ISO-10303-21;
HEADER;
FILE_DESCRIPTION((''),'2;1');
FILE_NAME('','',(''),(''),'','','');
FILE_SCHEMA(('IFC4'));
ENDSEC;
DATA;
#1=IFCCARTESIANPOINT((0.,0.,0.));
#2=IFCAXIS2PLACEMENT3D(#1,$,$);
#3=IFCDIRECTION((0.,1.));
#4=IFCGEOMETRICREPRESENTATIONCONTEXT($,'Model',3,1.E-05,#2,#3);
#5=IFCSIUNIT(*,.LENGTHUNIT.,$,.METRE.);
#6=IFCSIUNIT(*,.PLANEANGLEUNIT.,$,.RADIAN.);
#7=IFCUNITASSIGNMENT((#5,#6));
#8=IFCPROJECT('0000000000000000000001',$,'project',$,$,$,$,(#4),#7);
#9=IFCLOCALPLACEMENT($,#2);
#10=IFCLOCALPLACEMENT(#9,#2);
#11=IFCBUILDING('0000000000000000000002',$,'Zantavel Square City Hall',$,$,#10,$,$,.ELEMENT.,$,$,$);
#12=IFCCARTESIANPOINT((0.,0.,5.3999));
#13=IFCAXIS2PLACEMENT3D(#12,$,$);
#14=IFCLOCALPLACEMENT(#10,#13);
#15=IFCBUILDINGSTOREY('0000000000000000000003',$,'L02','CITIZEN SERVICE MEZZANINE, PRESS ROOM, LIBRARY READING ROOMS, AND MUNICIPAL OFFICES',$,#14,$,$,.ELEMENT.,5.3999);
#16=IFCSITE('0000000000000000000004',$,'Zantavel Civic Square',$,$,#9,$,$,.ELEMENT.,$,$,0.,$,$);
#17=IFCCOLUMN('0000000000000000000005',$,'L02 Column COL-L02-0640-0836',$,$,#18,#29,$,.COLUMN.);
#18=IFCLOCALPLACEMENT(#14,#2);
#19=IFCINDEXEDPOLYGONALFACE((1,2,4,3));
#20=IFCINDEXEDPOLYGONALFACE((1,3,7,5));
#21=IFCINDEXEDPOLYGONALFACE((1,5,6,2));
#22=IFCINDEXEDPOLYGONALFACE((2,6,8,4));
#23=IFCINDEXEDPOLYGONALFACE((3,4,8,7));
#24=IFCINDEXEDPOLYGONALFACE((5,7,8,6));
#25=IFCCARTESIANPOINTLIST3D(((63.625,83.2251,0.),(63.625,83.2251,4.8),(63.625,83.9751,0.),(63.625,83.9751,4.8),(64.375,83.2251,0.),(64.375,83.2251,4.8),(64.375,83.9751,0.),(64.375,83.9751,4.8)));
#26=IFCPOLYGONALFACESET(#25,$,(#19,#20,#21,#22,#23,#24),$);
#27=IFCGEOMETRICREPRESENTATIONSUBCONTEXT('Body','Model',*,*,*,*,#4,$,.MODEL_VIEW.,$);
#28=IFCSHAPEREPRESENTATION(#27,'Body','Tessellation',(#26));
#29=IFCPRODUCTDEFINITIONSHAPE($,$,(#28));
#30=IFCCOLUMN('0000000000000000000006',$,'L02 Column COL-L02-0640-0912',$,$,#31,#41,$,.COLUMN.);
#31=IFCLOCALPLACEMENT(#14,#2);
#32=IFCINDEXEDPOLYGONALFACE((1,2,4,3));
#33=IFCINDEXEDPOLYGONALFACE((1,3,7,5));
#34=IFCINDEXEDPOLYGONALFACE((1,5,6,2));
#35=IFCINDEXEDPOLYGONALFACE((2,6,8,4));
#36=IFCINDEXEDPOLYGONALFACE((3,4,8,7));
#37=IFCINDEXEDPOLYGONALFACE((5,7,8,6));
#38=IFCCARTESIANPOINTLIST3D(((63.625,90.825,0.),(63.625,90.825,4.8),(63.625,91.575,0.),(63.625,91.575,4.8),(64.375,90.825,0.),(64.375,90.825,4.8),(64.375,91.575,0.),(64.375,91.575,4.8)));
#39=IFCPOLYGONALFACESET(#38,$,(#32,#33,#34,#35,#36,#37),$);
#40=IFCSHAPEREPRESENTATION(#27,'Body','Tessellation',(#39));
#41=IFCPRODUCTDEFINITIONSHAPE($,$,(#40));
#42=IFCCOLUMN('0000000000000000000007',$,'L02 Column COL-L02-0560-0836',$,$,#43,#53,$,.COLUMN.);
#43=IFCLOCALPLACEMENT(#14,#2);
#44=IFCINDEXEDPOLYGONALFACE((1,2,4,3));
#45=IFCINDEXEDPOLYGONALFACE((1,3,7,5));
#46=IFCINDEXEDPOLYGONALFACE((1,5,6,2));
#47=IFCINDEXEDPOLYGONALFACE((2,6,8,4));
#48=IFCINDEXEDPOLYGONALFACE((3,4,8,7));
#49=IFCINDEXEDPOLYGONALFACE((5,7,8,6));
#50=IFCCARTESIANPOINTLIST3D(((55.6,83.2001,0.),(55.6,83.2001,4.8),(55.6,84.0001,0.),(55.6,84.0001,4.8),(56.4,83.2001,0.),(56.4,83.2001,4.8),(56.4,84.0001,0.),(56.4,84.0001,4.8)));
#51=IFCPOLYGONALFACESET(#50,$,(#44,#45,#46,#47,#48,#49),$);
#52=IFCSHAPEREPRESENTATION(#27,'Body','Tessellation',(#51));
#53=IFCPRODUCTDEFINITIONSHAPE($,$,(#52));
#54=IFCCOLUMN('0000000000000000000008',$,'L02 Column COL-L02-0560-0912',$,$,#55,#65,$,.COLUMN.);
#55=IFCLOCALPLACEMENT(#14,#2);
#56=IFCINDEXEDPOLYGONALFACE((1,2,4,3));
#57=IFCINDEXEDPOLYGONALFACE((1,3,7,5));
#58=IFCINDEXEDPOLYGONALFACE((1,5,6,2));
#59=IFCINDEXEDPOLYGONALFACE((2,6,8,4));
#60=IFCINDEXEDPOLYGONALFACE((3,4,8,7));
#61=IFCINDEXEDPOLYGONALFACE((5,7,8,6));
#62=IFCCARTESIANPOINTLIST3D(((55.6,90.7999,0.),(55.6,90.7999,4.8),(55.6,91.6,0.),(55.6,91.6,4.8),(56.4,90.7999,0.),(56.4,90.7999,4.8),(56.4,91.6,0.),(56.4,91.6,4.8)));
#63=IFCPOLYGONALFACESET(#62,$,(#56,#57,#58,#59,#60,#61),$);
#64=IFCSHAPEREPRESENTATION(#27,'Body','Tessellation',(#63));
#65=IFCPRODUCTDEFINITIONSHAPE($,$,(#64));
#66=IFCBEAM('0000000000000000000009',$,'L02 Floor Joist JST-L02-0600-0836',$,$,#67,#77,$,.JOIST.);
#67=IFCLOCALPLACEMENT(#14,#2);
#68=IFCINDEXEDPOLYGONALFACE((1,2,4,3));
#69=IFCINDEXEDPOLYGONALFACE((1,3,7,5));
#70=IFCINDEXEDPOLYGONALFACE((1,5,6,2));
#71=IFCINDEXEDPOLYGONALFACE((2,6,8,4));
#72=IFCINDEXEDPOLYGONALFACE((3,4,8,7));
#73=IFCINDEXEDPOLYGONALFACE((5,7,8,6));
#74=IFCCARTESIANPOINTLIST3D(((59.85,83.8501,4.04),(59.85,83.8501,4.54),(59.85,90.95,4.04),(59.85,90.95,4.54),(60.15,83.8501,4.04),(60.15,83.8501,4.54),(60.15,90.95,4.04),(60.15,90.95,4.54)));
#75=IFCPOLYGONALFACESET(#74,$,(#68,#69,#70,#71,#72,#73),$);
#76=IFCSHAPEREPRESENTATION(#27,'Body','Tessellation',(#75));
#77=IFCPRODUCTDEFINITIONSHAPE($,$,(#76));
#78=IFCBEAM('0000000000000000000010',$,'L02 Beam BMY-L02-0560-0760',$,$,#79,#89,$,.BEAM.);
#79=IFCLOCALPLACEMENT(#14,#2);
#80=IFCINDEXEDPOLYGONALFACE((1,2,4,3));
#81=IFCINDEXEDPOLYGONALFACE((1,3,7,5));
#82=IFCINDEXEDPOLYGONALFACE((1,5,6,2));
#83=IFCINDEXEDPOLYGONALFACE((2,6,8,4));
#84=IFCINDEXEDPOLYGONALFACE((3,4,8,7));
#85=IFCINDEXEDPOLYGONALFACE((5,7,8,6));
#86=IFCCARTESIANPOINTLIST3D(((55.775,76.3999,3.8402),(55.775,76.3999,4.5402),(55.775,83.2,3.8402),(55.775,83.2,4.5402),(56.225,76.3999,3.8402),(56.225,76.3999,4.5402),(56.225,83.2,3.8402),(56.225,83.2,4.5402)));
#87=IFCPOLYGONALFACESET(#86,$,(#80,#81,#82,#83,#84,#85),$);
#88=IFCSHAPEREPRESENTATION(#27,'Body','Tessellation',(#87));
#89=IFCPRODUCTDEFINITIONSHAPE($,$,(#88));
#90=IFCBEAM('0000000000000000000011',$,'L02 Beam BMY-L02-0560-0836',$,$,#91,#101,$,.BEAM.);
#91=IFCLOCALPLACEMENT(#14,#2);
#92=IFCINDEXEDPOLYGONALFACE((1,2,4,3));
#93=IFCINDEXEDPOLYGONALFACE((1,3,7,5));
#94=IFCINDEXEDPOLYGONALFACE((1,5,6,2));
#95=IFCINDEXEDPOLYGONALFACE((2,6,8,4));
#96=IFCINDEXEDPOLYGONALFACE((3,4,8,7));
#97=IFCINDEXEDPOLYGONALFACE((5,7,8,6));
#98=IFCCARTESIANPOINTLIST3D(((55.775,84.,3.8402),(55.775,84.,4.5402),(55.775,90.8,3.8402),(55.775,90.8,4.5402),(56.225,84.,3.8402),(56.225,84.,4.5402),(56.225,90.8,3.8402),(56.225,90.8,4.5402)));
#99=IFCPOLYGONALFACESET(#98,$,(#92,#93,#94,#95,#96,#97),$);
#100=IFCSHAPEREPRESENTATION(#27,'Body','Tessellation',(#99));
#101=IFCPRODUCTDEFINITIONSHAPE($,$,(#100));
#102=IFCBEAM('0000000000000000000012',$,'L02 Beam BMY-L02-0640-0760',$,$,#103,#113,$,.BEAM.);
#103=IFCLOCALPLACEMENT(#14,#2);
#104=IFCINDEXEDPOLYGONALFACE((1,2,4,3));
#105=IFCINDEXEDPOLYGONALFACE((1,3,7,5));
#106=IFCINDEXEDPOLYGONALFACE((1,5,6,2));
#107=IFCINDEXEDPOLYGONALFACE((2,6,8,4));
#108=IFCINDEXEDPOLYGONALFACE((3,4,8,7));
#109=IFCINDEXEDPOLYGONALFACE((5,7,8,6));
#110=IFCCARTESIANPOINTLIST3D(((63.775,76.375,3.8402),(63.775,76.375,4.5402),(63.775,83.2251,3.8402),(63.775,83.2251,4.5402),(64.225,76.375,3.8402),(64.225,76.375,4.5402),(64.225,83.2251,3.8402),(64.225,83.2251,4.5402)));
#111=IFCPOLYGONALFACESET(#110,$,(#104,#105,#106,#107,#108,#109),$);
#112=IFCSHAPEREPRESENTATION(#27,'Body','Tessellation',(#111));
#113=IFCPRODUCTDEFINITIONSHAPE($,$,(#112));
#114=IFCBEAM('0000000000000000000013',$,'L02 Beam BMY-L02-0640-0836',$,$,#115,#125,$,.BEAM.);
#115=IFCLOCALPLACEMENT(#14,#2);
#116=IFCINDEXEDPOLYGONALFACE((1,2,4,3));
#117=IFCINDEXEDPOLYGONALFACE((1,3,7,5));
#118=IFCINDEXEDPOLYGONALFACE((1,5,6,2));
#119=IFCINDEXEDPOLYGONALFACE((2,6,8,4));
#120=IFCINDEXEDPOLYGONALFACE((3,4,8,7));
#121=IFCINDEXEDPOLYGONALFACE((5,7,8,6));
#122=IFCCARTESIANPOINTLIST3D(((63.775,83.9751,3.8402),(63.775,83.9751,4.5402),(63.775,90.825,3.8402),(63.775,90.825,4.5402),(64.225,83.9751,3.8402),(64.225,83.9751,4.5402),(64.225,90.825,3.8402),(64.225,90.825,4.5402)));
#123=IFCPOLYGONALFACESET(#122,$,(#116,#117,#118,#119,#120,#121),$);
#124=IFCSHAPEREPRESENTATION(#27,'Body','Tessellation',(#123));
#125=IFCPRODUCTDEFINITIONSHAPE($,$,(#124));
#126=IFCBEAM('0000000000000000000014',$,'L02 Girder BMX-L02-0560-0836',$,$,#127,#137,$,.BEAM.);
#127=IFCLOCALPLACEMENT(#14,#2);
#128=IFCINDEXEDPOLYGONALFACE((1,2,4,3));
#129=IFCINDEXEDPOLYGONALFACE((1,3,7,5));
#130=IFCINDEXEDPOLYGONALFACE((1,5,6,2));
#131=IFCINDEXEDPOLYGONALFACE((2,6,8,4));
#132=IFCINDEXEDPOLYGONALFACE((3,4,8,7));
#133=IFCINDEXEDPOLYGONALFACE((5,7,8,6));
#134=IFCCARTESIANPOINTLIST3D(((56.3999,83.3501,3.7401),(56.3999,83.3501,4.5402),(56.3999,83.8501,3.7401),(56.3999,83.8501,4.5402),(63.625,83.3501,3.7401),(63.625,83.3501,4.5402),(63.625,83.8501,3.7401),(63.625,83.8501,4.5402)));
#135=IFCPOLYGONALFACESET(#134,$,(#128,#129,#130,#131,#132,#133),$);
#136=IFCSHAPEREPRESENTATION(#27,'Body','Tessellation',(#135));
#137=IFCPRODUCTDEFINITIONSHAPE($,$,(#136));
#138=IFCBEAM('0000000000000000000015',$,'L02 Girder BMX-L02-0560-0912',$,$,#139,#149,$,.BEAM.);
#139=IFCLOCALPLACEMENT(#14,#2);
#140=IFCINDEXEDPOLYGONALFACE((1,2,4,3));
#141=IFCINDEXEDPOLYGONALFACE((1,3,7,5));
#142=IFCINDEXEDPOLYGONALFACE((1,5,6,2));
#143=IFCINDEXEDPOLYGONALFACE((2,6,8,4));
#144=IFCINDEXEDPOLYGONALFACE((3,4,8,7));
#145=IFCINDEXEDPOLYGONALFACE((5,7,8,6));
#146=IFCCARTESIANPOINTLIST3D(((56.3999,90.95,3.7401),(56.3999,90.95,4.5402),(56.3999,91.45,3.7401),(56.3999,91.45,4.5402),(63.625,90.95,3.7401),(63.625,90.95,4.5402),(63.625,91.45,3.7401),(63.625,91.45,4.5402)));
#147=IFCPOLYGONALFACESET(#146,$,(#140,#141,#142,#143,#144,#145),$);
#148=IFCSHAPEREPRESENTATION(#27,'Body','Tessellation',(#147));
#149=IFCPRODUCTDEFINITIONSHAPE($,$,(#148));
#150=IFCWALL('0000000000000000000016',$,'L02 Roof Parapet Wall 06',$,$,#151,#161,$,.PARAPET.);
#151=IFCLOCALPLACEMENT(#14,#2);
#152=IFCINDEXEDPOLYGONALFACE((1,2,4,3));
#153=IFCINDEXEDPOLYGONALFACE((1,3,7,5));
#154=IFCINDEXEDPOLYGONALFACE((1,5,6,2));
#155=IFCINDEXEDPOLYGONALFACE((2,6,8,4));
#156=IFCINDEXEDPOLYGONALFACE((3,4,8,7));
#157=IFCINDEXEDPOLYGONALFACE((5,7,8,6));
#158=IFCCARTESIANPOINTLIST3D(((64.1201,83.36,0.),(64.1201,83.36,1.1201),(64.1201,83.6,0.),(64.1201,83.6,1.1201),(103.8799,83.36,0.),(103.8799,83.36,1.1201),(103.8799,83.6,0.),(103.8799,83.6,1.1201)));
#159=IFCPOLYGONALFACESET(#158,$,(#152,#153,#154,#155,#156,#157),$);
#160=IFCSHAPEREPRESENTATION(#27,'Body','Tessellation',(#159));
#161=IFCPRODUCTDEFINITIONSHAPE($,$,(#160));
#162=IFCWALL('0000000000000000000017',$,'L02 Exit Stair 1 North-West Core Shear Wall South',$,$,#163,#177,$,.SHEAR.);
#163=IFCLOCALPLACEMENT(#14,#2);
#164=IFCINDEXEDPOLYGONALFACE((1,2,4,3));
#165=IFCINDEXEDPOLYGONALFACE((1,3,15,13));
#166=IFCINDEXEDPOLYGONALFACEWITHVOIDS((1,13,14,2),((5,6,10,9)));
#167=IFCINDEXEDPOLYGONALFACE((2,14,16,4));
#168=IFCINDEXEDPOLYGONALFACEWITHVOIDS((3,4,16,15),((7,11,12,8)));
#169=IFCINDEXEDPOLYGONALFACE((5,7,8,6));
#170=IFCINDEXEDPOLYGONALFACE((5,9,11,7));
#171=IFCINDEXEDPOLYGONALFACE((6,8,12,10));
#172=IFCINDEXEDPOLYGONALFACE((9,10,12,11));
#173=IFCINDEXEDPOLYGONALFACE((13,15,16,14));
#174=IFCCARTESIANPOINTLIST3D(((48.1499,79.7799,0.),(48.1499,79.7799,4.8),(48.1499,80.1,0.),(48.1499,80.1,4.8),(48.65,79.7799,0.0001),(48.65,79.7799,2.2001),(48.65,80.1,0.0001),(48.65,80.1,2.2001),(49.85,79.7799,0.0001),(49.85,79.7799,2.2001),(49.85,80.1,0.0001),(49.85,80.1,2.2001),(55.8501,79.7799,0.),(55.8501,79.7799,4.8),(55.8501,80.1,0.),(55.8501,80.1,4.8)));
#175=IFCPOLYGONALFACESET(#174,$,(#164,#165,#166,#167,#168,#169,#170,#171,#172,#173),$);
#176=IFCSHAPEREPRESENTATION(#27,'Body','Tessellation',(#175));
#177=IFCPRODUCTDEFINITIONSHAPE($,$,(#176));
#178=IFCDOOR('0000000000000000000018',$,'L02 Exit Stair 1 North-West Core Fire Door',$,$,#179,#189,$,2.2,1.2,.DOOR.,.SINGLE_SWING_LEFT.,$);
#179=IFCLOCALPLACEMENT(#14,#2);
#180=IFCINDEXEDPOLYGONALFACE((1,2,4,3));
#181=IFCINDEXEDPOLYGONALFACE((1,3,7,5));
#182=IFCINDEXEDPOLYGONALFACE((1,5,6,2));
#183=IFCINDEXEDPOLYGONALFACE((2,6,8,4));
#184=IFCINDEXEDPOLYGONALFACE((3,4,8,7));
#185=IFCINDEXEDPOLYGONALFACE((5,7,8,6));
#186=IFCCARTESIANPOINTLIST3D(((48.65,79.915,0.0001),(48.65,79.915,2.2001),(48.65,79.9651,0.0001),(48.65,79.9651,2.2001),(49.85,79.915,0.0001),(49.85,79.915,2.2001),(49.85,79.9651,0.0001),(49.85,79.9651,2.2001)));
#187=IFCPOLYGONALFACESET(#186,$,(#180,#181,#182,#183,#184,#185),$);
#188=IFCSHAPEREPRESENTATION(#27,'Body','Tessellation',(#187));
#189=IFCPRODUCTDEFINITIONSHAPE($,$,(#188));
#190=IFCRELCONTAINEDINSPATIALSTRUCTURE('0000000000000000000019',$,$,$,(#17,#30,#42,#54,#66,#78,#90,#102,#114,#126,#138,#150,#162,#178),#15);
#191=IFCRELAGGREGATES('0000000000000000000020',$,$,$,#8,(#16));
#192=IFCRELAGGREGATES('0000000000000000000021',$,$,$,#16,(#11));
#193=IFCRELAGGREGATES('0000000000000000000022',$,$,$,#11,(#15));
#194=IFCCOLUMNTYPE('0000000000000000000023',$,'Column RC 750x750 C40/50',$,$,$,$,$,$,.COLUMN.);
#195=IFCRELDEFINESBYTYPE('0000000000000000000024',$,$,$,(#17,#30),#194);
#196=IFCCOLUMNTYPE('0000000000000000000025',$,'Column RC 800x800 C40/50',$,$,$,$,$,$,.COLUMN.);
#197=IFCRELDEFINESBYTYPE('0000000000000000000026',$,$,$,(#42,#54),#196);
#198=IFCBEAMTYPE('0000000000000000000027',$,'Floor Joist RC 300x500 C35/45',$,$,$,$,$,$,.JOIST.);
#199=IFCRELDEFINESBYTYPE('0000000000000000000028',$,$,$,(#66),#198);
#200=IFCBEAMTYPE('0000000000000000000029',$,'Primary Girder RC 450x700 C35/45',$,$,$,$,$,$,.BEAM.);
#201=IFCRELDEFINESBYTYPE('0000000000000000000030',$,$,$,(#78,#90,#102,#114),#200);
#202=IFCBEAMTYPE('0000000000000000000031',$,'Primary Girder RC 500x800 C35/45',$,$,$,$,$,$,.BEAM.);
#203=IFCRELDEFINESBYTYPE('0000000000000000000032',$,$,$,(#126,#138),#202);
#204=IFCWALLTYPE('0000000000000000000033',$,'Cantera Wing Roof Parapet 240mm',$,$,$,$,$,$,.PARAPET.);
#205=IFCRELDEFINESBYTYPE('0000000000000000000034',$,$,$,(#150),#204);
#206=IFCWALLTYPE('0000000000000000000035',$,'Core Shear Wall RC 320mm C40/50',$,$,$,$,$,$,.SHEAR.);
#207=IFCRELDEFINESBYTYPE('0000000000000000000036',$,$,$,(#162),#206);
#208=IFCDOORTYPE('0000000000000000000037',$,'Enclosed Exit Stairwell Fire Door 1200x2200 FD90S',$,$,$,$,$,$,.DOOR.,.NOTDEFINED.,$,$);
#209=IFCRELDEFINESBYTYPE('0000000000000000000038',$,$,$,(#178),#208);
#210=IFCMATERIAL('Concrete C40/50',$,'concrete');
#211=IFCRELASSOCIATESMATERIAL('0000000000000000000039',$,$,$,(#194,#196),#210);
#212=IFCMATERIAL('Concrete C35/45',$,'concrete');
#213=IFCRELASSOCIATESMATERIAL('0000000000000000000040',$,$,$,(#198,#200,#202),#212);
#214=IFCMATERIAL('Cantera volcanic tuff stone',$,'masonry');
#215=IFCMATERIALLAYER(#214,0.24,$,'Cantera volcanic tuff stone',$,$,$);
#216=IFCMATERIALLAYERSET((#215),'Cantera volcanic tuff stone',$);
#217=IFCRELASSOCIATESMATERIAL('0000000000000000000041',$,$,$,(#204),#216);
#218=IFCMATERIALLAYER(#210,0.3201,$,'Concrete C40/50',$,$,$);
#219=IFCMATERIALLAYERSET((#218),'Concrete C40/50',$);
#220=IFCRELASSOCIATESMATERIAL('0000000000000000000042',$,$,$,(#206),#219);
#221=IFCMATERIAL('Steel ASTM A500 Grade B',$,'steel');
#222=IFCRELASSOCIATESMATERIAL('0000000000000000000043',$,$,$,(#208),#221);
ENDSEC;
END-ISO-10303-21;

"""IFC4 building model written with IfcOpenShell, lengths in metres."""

from ifc_helpers import new_model, si_unit, direction, frame, frame_2d, origin, origin_2d, place, context, subcontext, project, spatial, rectangle, extrude, material, layer, layer_set, material_profile, profile_set, type_object, element, fill, save


model = new_model("IFC4")

# Units and contexts
model_context = context("Model", 3, precision=1e-05, world=origin(), true_north=direction((0.0, 1.0)))
body_context = subcontext(model_context, "Body", "Model", "MODEL_VIEW")
ifc_project = project(units=[si_unit("LENGTHUNIT", "METRE"), si_unit("PLANEANGLEUNIT", "RADIAN")], contexts=[model_context])

# Site, building, storey
site_placement = place(None, origin())
site = spatial("IfcSite", under=ifc_project, at=site_placement, Name="Zantavel Civic Square", CompositionType="ELEMENT", RefElevation=0.0)
building_placement = place(site_placement, origin())
building = spatial("IfcBuilding", under=site, at=building_placement, Name="Zantavel Square City Hall", CompositionType="ELEMENT")
storey_placement = place(building_placement, frame((0.0, 0.0, 5.3999)))
storey = spatial("IfcBuildingStorey", under=building, at=storey_placement, Name="L02", Description="CITIZEN SERVICE MEZZANINE, PRESS ROOM, LIBRARY READING ROOMS, AND MUNICIPAL OFFICES", CompositionType="ELEMENT", Elevation=5.3999)

# Columns
ifc_material_1 = material(Name="Concrete C40/50", Category="concrete")
ifc_material_profile_1 = material_profile(ifc_material_1, rectangle(XDim=0.75, YDim=0.75, at=origin_2d()), Name="RC 750x750")
ifc_profile_set_1 = profile_set([ifc_material_profile_1], Name="Concrete C40/50")
column_type_1 = type_object("IfcColumnType", Name="Column RC 750x750 C40/50", PredefinedType="COLUMN", material=ifc_profile_set_1)
for number, where, z_axis, x_axis, name in (
    (1, (64.0, 83.6001, 0.0), (0.0, 0.0, 1.0), (1.0, 0.0, 0.0), "L02 Column COL-L02-0640-0836"),
    (2, (64.0, 91.2, 0.0), (0.0, 0.0, 1.0), (1.0, 0.0, 0.0), "L02 Column COL-L02-0640-0912"),
):
    element("IfcColumn", number, at=place(storey_placement, frame(where, z_axis=z_axis, x_axis=x_axis)), inside=storey, type_object=column_type_1, Name=name, PredefinedType="COLUMN", context=body_context, shape_type="SweptSolid", body=[
        extrude(rectangle(XDim=0.75, YDim=0.75, at=origin_2d()), origin(), (0.0, 0.0, 1.0), 4.8),
    ])
ifc_material_profile_2 = material_profile(ifc_material_1, rectangle(XDim=0.8, YDim=0.8, at=origin_2d()), Name="RC 800x800")
ifc_profile_set_2 = profile_set([ifc_material_profile_2], Name="Concrete C40/50")
column_type_2 = type_object("IfcColumnType", Name="Column RC 800x800 C40/50", PredefinedType="COLUMN", material=ifc_profile_set_2)
for number, where, z_axis, x_axis, name in (
    (3, (56.0, 83.6001, 0.0), (0.0, 0.0, 1.0), (1.0, 0.0, 0.0), "L02 Column COL-L02-0560-0836"),
    (4, (56.0, 91.2, 0.0), (0.0, 0.0, 1.0), (1.0, 0.0, 0.0), "L02 Column COL-L02-0560-0912"),
):
    element("IfcColumn", number, at=place(storey_placement, frame(where, z_axis=z_axis, x_axis=x_axis)), inside=storey, type_object=column_type_2, Name=name, PredefinedType="COLUMN", context=body_context, shape_type="SweptSolid", body=[
        extrude(rectangle(XDim=0.8, YDim=0.8, at=origin_2d()), origin(), (0.0, 0.0, 1.0), 4.8),
    ])

# Beams
ifc_material_2 = material(Name="Concrete C35/45", Category="concrete")
ifc_material_profile_3 = material_profile(ifc_material_2, rectangle(XDim=0.3, YDim=0.5, at=origin_2d()), Name="RC 300x500")
ifc_profile_set_3 = profile_set([ifc_material_profile_3], Name="Concrete C35/45")
beam_type_1 = type_object("IfcBeamType", Name="Floor Joist RC 300x500 C35/45", PredefinedType="JOIST", material=ifc_profile_set_3)
beam_1_placement = place(storey_placement, frame((60.0, 83.8501, 4.29), z_axis=(0.0, 1.0, 0.0), x_axis=(-1.0, 0.0, 0.0)))
element("IfcBeam", 5, at=beam_1_placement, inside=storey, type_object=beam_type_1, Name="L02 Floor Joist JST-L02-0600-0836", PredefinedType="JOIST", context=body_context, shape_type="SweptSolid", body=[
    extrude(rectangle(XDim=0.3, YDim=0.5, at=origin_2d()), origin(), (0.0, 0.0, 1.0), 7.0999),
])
ifc_material_profile_4 = material_profile(ifc_material_2, rectangle(XDim=0.45, YDim=0.7, at=origin_2d()), Name="RC 450x700")
ifc_profile_set_4 = profile_set([ifc_material_profile_4], Name="Concrete C35/45")
beam_type_2 = type_object("IfcBeamType", Name="Primary Girder RC 450x700 C35/45", PredefinedType="BEAM", material=ifc_profile_set_4)
for number, where, z_axis, x_axis, name in (
    (6, (56.0, 76.3999, 4.1902), (0.0, 1.0, 0.0), (-1.0, 0.0, 0.0), "L02 Beam BMY-L02-0560-0760"),
    (7, (56.0, 84.0, 4.1902), (0.0, 1.0, 0.0), (-1.0, 0.0, 0.0), "L02 Beam BMY-L02-0560-0836"),
):
    element("IfcBeam", number, at=place(storey_placement, frame(where, z_axis=z_axis, x_axis=x_axis)), inside=storey, type_object=beam_type_2, Name=name, PredefinedType="BEAM", context=body_context, shape_type="SweptSolid", body=[
        extrude(rectangle(XDim=0.45, YDim=0.7, at=origin_2d()), origin(), (0.0, 0.0, 1.0), 6.8),
    ])
beam_2_placement = place(storey_placement, frame((64.0, 76.375, 4.1902), z_axis=(0.0, 1.0, 0.0), x_axis=(-1.0, 0.0, 0.0)))
element("IfcBeam", 8, at=beam_2_placement, inside=storey, type_object=beam_type_2, Name="L02 Beam BMY-L02-0640-0760", PredefinedType="BEAM", context=body_context, shape_type="SweptSolid", body=[
    extrude(rectangle(XDim=0.45, YDim=0.7, at=origin_2d()), origin(), (0.0, 0.0, 1.0), 6.8501),
])
beam_3_placement = place(storey_placement, frame((64.0, 83.9751, 4.1902), z_axis=(0.0, 1.0, 0.0), x_axis=(-1.0, 0.0, 0.0)))
element("IfcBeam", 9, at=beam_3_placement, inside=storey, type_object=beam_type_2, Name="L02 Beam BMY-L02-0640-0836", PredefinedType="BEAM", context=body_context, shape_type="SweptSolid", body=[
    extrude(rectangle(XDim=0.45, YDim=0.7, at=origin_2d()), origin(), (0.0, 0.0, 1.0), 6.8499),
])
ifc_material_profile_5 = material_profile(ifc_material_2, rectangle(XDim=0.5, YDim=0.8, at=origin_2d()), Name="RC 500x800")
ifc_profile_set_5 = profile_set([ifc_material_profile_5], Name="Concrete C35/45")
beam_type_3 = type_object("IfcBeamType", Name="Primary Girder RC 500x800 C35/45", PredefinedType="BEAM", material=ifc_profile_set_5)
for number, where, z_axis, x_axis, name in (
    (10, (56.3999, 83.6001, 4.1401), (1.0, 0.0, 0.0), (0.0, 1.0, 0.0), "L02 Girder BMX-L02-0560-0836"),
    (11, (56.3999, 91.2, 4.1401), (1.0, 0.0, 0.0), (0.0, 1.0, 0.0), "L02 Girder BMX-L02-0560-0912"),
):
    element("IfcBeam", number, at=place(storey_placement, frame(where, z_axis=z_axis, x_axis=x_axis)), inside=storey, type_object=beam_type_3, Name=name, PredefinedType="BEAM", context=body_context, shape_type="SweptSolid", body=[
        extrude(rectangle(XDim=0.5, YDim=0.8, at=origin_2d()), origin(), (0.0, 0.0, 1.0), 7.2251),
    ])

# Wall
ifc_material_3 = material(Name="Cantera volcanic tuff stone", Category="masonry")
ifc_layer_1 = layer(ifc_material_3, 0.24, Name="Cantera volcanic tuff stone")
ifc_layer_set_1 = layer_set([ifc_layer_1], Name="Cantera volcanic tuff stone")
wall_type_1 = type_object("IfcWallType", Name="Cantera Wing Roof Parapet 240mm", PredefinedType="PARAPET", material=ifc_layer_set_1)
wall_1_placement = place(storey_placement, frame((64.1201, 83.48, 0.0), z_axis=(0.0, 0.0, 1.0), x_axis=(1.0, 0.0, 0.0)))
element("IfcWall", 12, at=wall_1_placement, inside=storey, type_object=wall_type_1, Name="L02 Roof Parapet Wall 06", PredefinedType="PARAPET", context=body_context, shape_type="SweptSolid", body=[
    extrude(rectangle(XDim=39.7598, YDim=0.24, at=frame_2d((19.8799, 0.0))), origin(), (0.0, 0.0, 1.0), 1.1201),
])

# Wall, opening, door
ifc_layer_2 = layer(ifc_material_1, 0.3201, Name="Concrete C40/50")
ifc_layer_set_2 = layer_set([ifc_layer_2], Name="Concrete C40/50")
wall_type_2 = type_object("IfcWallType", Name="Core Shear Wall RC 320mm C40/50", PredefinedType="SHEAR", material=ifc_layer_set_2)
wall_2_placement = place(storey_placement, frame((55.8501, 79.9399, 0.0), z_axis=(0.0, 0.0, 1.0), x_axis=(-1.0, 0.0, 0.0)))
wall_2 = element("IfcWall", 13, at=wall_2_placement, inside=storey, type_object=wall_type_2, Name="L02 Exit Stair 1 North-West Core Shear Wall South", PredefinedType="SHEAR", context=body_context, shape_type="SweptSolid", body=[
    extrude(rectangle(XDim=7.7002, YDim=0.3201, at=frame_2d((3.8501, 0.0))), origin(), (0.0, 0.0, 1.0), 4.8),
])
opening_1_placement = place(wall_2_placement, frame((6.0, 0.0, 0.0)))
opening_1 = element("IfcOpeningElement", 14, at=opening_1_placement, cuts=wall_2, PredefinedType="OPENING", context=body_context, shape_type="SweptSolid", body=[
    extrude(rectangle(XDim=1.2, YDim=2.2, at=frame_2d((0.6001, 1.1001))), frame((0.0, 0.1699, 0.0), z_axis=(0.0, -1.0, 0.0), x_axis=(1.0, 0.0, 0.0)), (0.0, 0.0, 1.0), 0.3401),
])
ifc_material_4 = material(Name="Steel ASTM A500 Grade B", Category="steel")
door_type_1 = type_object("IfcDoorType", Name="Enclosed Exit Stairwell Fire Door 1200x2200 FD90S", OperationType="NOTDEFINED", PredefinedType="DOOR", material=ifc_material_4)
door_1_placement = place(opening_1_placement, origin())
door_1 = element("IfcDoor", 15, at=door_1_placement, inside=storey, type_object=door_type_1, Name="L02 Exit Stair 1 North-West Core Fire Door", OperationType="SINGLE_SWING_LEFT", OverallHeight=2.2, OverallWidth=1.2, PredefinedType="DOOR", context=body_context, shape_type="SweptSolid", body=[
    extrude(rectangle(XDim=1.2, YDim=2.2, at=frame_2d((0.6001, 1.1001))), frame((0.0, 0.0249, 0.0), z_axis=(0.0, -1.0, 0.0), x_axis=(1.0, 0.0, 0.0)), (0.0, 0.0, 1.0), 0.05),
])
fill(opening_1, door_1)

save(model, "model.ifc")
